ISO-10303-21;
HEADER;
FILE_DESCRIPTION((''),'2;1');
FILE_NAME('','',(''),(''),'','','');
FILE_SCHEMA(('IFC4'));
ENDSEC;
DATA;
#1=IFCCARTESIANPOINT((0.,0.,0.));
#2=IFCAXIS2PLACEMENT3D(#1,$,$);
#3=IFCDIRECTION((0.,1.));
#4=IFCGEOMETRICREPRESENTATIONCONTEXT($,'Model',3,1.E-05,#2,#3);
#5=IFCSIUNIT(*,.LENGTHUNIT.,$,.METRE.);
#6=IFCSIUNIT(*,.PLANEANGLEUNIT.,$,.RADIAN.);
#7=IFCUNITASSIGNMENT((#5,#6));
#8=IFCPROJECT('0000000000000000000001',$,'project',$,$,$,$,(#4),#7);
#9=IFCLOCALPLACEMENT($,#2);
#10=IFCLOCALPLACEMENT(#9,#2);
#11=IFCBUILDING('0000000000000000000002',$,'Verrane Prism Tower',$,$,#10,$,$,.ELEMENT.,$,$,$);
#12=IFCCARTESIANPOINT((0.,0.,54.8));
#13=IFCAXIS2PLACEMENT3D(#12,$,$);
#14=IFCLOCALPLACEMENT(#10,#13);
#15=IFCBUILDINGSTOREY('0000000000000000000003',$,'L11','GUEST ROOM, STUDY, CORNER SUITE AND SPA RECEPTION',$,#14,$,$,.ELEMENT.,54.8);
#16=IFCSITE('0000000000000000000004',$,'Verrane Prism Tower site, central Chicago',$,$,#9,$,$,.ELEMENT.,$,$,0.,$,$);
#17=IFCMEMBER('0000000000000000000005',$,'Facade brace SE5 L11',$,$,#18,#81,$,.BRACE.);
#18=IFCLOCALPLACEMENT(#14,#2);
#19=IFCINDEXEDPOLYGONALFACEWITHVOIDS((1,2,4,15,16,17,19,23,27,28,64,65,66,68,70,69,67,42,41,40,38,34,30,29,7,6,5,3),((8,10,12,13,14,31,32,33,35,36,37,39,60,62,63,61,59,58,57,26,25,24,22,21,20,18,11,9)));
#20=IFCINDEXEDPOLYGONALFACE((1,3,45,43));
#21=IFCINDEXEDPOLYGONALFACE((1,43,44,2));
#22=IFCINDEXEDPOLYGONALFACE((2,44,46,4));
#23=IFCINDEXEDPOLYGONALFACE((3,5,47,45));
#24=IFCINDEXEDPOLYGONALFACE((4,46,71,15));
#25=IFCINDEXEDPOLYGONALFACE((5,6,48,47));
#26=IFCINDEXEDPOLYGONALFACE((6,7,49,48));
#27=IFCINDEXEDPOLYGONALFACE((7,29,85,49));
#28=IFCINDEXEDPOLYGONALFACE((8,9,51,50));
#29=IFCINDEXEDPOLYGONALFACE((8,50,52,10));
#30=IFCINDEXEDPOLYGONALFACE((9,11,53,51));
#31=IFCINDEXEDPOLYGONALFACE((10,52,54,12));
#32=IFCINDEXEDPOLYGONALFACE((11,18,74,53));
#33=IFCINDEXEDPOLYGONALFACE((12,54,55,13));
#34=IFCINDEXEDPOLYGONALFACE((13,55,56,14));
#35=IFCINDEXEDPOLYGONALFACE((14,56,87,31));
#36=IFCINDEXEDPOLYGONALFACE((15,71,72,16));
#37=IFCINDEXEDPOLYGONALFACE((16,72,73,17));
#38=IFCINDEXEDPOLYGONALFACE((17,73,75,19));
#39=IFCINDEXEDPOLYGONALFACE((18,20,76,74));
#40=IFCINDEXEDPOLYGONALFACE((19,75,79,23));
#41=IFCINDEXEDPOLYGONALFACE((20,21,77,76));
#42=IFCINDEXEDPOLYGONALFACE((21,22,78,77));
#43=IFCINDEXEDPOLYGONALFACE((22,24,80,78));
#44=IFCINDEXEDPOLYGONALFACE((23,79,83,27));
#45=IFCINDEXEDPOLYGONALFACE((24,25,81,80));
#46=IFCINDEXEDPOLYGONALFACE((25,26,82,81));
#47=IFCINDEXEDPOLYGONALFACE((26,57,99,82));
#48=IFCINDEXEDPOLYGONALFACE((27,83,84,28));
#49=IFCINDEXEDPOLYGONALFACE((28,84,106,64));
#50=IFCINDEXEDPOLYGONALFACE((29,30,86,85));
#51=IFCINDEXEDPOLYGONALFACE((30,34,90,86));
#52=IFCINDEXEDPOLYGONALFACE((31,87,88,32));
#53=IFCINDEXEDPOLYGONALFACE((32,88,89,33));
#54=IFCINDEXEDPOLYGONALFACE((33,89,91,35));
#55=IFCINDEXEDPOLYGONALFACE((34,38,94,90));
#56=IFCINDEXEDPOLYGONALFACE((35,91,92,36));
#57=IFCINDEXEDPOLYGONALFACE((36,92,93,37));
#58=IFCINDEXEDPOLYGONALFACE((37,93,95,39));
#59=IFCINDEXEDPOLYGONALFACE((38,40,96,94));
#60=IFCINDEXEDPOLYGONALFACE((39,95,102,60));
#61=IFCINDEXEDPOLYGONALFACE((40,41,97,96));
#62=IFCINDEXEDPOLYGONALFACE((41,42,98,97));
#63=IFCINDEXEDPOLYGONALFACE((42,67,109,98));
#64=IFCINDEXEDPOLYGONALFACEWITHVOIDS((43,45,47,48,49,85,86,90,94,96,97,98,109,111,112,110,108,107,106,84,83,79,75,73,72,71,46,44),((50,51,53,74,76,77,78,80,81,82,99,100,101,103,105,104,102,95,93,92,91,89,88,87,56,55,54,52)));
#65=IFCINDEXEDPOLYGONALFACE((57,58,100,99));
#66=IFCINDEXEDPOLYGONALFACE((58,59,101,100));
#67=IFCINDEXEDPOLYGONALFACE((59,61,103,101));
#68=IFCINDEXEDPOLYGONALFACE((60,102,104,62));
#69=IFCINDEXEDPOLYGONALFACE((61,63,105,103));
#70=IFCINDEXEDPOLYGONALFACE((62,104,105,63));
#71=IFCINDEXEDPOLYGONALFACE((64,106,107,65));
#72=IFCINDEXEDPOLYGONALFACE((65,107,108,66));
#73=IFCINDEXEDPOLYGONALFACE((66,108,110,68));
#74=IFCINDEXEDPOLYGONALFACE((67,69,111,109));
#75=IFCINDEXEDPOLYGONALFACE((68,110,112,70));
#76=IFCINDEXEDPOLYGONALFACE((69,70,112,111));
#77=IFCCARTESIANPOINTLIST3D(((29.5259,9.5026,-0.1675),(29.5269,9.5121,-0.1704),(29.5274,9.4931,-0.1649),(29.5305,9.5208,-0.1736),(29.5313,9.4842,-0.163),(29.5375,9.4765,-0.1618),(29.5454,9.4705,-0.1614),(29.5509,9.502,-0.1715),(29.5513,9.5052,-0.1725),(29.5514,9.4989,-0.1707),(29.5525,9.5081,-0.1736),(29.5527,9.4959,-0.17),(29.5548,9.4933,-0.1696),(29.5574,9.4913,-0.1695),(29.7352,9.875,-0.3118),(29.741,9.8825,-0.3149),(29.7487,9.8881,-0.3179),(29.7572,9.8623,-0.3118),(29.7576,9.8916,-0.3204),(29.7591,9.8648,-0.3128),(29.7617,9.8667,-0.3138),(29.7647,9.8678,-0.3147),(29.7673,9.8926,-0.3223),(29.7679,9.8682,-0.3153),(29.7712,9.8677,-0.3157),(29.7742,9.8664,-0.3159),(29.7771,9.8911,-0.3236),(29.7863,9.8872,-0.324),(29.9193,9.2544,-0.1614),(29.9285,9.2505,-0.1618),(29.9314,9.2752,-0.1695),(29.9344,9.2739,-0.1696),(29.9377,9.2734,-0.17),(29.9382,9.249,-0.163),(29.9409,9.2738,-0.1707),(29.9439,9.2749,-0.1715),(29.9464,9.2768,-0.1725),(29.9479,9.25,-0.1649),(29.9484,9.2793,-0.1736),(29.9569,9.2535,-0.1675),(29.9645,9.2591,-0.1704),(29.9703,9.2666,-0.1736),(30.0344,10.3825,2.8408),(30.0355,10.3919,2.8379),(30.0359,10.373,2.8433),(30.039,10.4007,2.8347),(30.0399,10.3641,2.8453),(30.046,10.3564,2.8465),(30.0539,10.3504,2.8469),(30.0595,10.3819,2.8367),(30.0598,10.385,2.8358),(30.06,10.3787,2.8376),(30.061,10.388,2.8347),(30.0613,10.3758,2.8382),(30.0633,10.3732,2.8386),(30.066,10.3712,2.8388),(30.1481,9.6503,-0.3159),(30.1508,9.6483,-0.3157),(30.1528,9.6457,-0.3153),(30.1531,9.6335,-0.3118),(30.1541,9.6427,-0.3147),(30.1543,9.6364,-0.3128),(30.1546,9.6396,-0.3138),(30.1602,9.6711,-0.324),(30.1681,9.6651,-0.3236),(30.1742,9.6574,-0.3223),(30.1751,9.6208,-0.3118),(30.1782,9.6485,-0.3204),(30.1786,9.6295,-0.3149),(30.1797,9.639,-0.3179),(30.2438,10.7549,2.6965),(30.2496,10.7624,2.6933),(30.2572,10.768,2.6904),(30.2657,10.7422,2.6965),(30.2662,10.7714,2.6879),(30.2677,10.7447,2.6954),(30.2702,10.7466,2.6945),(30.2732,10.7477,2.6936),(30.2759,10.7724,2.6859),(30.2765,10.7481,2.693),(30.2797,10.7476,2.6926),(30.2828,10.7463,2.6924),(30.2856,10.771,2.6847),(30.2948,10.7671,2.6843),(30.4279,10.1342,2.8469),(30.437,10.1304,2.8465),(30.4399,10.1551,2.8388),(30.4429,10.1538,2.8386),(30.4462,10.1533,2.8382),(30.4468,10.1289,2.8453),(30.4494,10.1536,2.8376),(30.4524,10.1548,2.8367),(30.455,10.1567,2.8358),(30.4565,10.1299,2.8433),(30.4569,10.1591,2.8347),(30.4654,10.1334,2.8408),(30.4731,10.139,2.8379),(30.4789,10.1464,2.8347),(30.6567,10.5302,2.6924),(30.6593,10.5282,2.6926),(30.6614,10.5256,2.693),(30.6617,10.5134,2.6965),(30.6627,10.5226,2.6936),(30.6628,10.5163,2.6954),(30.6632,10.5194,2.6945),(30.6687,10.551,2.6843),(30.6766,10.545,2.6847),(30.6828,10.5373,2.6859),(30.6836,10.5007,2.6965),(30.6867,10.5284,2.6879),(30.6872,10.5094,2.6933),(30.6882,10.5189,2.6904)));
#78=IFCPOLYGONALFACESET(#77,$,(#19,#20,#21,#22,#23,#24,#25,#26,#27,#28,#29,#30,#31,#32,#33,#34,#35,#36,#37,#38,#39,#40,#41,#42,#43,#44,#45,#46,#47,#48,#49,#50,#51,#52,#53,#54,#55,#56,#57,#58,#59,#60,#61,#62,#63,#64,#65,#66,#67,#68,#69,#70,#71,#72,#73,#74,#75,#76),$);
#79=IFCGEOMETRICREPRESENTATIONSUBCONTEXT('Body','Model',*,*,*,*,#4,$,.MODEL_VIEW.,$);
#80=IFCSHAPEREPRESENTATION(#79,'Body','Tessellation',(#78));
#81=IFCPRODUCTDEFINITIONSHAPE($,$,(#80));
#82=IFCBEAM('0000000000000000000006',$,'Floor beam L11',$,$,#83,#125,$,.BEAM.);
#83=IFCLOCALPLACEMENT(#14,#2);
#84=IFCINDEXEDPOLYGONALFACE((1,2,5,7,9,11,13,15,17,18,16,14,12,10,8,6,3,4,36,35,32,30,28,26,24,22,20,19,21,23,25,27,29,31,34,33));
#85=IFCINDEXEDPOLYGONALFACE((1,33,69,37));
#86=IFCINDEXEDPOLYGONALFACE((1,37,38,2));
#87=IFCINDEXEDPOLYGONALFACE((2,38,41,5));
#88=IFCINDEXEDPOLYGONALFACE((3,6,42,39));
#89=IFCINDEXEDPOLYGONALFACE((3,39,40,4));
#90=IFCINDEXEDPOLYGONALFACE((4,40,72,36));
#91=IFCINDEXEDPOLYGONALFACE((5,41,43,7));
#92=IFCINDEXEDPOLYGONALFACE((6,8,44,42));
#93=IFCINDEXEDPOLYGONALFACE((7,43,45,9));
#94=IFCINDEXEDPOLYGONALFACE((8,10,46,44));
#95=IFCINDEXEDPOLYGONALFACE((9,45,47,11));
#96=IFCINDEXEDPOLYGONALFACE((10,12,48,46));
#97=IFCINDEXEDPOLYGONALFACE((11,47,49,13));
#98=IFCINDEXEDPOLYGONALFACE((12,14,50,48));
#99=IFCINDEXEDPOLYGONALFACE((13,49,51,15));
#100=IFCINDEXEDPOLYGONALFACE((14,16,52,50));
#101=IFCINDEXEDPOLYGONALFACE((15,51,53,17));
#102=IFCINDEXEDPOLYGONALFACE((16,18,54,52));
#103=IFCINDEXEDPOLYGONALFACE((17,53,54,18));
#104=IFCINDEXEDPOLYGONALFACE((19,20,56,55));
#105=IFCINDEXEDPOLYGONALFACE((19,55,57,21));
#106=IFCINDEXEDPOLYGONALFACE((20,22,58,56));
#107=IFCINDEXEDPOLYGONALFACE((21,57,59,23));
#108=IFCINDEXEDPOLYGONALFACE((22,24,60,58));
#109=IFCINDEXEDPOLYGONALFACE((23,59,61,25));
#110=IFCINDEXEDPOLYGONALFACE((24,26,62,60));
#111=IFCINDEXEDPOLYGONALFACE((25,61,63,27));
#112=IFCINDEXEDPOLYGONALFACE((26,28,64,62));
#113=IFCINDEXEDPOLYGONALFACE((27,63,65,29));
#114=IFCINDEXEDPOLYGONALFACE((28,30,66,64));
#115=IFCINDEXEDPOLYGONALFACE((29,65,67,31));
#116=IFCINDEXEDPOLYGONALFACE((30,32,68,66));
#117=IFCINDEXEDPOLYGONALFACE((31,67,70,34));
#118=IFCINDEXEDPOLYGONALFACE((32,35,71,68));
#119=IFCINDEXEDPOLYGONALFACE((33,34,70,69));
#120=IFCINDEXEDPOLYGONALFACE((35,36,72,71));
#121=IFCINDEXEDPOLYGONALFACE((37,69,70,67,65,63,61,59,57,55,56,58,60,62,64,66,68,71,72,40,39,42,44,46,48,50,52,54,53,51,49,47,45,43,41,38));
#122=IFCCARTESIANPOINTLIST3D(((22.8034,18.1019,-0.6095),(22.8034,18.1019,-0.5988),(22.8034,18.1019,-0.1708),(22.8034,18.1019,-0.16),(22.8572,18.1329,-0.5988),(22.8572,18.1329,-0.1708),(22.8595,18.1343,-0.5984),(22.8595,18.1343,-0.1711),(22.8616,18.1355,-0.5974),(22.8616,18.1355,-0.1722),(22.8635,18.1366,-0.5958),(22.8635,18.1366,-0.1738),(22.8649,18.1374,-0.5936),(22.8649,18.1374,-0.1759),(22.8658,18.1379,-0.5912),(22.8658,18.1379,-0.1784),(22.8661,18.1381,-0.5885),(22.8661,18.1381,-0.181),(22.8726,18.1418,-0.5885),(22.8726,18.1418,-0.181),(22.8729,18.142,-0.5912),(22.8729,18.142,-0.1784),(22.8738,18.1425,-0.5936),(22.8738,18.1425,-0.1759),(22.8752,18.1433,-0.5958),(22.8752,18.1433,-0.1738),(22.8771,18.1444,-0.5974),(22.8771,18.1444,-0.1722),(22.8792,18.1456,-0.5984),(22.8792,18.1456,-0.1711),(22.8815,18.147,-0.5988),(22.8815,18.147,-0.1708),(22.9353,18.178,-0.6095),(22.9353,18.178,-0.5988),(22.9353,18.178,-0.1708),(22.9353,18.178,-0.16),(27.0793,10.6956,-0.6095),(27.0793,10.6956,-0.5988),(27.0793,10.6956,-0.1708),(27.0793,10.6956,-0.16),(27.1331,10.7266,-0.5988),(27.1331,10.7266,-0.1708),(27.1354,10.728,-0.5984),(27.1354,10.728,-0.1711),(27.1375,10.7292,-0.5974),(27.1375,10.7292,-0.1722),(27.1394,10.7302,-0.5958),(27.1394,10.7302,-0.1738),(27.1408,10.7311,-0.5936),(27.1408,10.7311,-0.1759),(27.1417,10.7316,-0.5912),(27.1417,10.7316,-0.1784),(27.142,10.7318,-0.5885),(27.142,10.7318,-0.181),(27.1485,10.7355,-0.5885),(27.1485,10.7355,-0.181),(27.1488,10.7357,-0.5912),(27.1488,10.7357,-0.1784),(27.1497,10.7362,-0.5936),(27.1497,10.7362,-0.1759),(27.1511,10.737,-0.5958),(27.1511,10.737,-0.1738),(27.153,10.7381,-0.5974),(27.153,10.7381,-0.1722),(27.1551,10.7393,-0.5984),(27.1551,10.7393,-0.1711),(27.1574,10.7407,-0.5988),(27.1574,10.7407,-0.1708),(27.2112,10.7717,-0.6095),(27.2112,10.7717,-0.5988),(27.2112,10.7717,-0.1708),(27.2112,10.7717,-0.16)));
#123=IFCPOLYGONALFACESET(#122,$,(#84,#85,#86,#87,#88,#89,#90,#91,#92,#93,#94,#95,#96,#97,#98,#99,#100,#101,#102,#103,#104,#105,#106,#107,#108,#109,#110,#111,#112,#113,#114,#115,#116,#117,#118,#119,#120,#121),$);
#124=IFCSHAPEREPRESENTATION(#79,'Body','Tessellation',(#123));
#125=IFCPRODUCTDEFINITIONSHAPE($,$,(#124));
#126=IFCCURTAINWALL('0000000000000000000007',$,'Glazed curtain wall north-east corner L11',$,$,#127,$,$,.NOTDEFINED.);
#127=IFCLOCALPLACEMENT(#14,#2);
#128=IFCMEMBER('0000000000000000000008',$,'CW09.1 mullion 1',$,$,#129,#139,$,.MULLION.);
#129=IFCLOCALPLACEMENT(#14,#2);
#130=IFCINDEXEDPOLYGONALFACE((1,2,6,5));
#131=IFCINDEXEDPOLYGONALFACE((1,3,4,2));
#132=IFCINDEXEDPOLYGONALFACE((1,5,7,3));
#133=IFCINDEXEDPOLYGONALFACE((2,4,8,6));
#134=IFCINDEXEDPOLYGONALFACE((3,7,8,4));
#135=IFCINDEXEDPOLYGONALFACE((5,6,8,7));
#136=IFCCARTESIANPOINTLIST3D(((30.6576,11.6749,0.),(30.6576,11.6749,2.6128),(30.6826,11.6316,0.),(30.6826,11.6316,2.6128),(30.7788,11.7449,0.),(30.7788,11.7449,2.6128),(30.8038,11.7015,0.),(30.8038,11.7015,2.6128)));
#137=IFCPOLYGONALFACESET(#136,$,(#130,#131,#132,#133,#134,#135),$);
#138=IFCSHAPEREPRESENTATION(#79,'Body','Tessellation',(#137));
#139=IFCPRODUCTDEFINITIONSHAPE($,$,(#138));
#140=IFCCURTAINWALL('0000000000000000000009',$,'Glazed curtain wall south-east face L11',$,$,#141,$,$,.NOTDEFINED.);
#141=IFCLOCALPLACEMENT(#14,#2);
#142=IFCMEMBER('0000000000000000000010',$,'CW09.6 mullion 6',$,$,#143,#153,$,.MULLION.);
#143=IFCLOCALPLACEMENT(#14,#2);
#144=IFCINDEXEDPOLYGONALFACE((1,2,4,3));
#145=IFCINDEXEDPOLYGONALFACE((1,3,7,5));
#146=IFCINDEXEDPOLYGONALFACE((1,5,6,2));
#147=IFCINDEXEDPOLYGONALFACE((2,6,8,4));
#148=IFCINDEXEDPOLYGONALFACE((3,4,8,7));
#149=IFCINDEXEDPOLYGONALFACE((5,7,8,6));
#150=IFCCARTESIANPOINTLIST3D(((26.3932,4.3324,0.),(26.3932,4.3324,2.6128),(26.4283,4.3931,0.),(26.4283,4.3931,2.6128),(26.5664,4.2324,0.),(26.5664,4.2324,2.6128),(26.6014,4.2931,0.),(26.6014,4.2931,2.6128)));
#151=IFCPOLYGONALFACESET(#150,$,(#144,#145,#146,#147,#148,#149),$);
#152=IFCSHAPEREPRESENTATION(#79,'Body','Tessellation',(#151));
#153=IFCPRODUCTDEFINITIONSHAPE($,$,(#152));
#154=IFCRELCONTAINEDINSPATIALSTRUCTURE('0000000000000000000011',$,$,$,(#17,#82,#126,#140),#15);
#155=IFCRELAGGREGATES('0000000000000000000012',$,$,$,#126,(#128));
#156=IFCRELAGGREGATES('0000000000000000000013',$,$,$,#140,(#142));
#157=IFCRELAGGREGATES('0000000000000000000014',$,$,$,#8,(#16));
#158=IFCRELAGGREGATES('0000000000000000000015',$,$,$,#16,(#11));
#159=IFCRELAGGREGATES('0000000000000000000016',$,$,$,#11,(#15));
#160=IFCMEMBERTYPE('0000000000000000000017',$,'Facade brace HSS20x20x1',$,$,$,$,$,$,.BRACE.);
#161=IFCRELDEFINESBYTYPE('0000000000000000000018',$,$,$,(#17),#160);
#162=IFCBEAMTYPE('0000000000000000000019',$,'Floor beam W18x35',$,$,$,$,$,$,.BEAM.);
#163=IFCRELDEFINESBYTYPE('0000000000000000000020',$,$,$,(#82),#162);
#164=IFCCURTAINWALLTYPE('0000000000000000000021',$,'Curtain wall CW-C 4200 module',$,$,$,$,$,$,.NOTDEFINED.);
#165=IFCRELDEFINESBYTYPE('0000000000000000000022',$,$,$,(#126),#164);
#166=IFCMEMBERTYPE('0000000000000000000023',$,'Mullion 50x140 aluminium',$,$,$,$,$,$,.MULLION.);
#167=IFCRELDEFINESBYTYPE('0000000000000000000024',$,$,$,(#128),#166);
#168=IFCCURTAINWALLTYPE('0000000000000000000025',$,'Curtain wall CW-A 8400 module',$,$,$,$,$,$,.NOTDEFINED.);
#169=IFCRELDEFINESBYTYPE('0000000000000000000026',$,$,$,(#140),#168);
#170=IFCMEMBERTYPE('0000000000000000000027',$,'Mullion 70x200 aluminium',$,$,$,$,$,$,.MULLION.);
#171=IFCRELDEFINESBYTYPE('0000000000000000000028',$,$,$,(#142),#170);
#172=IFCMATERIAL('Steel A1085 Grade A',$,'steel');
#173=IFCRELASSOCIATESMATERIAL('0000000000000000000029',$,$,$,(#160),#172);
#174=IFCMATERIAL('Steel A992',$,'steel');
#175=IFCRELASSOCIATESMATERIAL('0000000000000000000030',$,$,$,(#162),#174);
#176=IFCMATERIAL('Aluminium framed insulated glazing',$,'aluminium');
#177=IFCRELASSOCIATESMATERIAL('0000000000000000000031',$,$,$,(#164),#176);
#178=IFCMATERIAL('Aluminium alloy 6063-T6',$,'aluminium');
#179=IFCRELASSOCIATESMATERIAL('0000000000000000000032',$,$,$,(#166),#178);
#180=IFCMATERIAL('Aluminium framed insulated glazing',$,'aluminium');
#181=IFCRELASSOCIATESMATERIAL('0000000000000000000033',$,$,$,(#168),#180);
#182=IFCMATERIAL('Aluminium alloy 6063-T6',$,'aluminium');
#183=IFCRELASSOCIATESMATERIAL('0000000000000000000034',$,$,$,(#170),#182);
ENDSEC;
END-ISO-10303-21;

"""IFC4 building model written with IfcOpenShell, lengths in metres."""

from ifc_helpers import new_model, si_unit, direction, frame, origin, origin_2d, place, context, subcontext, project, spatial, rectangle, hollow_rectangle, i_section, extrude, material, material_profile, profile_set, type_object, element, aggregate, save


model = new_model("IFC4")

# Units and contexts
model_context = context("Model", 3, precision=1e-05, world=origin(), true_north=direction((0.0, 1.0)))
body_context = subcontext(model_context, "Body", "Model", "MODEL_VIEW")
ifc_project = project(units=[si_unit("LENGTHUNIT", "METRE"), si_unit("PLANEANGLEUNIT", "RADIAN")], contexts=[model_context])

# Site, building, storey
site_placement = place(None, origin())
site = spatial("IfcSite", under=ifc_project, at=site_placement, Name="Verrane Prism Tower site, central Chicago", CompositionType="ELEMENT", RefElevation=0.0)
building_placement = place(site_placement, origin())
building = spatial("IfcBuilding", under=site, at=building_placement, Name="Verrane Prism Tower", CompositionType="ELEMENT")
storey_placement = place(building_placement, frame((0.0, 0.0, 54.8)))
storey = spatial("IfcBuildingStorey", under=building, at=storey_placement, Name="L11", Description="GUEST ROOM, STUDY, CORNER SUITE AND SPA RECEPTION", CompositionType="ELEMENT", Elevation=54.8)

# Member
ifc_material_1 = material(Name="Steel A1085 Grade A", Category="steel")
ifc_material_profile_1 = material_profile(ifc_material_1, hollow_rectangle(XDim=0.5081, YDim=0.5081, WallThickness=0.0254, InnerFilletRadius=0.0127, OuterFilletRadius=0.0381, at=origin_2d()), Name="HSS20x20x1")
ifc_profile_set_1 = profile_set([ifc_material_profile_1], Name="Steel A1085 Grade A")
member_type_1 = type_object("IfcMemberType", Name="Facade brace HSS20x20x1", PredefinedType="BRACE", material=ifc_profile_set_1)
member_1_placement = place(storey_placement, frame((29.8528, 9.5708, -0.2427), z_axis=(0.160155, 0.2771, 0.947399), x_axis=(-0.865793, 0.500402, 0.0)))
element("IfcMember", 1, at=member_1_placement, inside=storey, type_object=member_type_1, Name="Facade brace SE5 L11", PredefinedType="BRACE", context=body_context, shape_type="SweptSolid", body=[
    extrude(hollow_rectangle(XDim=0.5081, YDim=0.5081, WallThickness=0.0254, InnerFilletRadius=0.0127, OuterFilletRadius=0.0381, at=origin_2d()), origin(), (0.0, 0.0, 1.0), 3.1753),
])

# Beam
ifc_material_2 = material(Name="Steel A992", Category="steel")
ifc_material_profile_2 = material_profile(ifc_material_2, i_section(OverallWidth=0.1523, OverallDepth=0.4495, WebThickness=0.0076, FlangeThickness=0.0107, FilletRadius=0.0103, at=origin_2d()), Name="W18x35")
ifc_profile_set_2 = profile_set([ifc_material_profile_2], Name="Steel A992")
beam_type_1 = type_object("IfcBeamType", Name="Floor beam W18x35", PredefinedType="BEAM", material=ifc_profile_set_2)
beam_1_placement = place(storey_placement, frame((27.1453, 10.7336, -0.3848), z_axis=(-0.499989, 0.866032, 0.0), x_axis=(-0.866032, -0.499989, 0.0)))
element("IfcBeam", 2, at=beam_1_placement, inside=storey, type_object=beam_type_1, Name="Floor beam L11", PredefinedType="BEAM", context=body_context, shape_type="SweptSolid", body=[
    extrude(i_section(OverallWidth=0.1523, OverallDepth=0.4495, WebThickness=0.0076, FlangeThickness=0.0107, FilletRadius=0.0103, at=origin_2d()), origin(), (0.0, 0.0, 1.0), 8.552),
])

# Curtain walls, members
ifc_material_3 = material(Name="Aluminium framed insulated glazing", Category="aluminium")
curtain_wall_type_1 = type_object("IfcCurtainWallType", Name="Curtain wall CW-C 4200 module", PredefinedType="NOTDEFINED", material=ifc_material_3)
curtain_wall_1_placement = place(storey_placement, origin())
curtain_wall_1 = element("IfcCurtainWall", 3, at=curtain_wall_1_placement, inside=storey, type_object=curtain_wall_type_1, Name="Glazed curtain wall north-east corner L11", PredefinedType="NOTDEFINED")
ifc_material_4 = material(Name="Aluminium alloy 6063-T6", Category="aluminium")
ifc_material_profile_3 = material_profile(ifc_material_4, rectangle(XDim=0.1399, YDim=0.05, at=origin_2d()), Name="Mullion 50x140 aluminium")
ifc_profile_set_3 = profile_set([ifc_material_profile_3], Name="Aluminium alloy 6063-T6")
member_type_2 = type_object("IfcMemberType", Name="Mullion 50x140 aluminium", PredefinedType="MULLION", material=ifc_profile_set_3)
member_2_placement = place(storey_placement, frame((30.7307, 11.6882, 0.0), z_axis=(0.0, 0.0, 1.0), x_axis=(-0.866026, -0.499999, 0.0)))
member_2 = element("IfcMember", 4, at=member_2_placement, type_object=member_type_2, Name="CW09.1 mullion 1", PredefinedType="MULLION", context=body_context, shape_type="SweptSolid", body=[
    extrude(rectangle(XDim=0.1399, YDim=0.05, at=origin_2d()), origin(), (0.0, 0.0, 1.0), 2.6128),
])
ifc_material_5 = material(Name="Aluminium framed insulated glazing", Category="aluminium")
curtain_wall_type_2 = type_object("IfcCurtainWallType", Name="Curtain wall CW-A 8400 module", PredefinedType="NOTDEFINED", material=ifc_material_5)
curtain_wall_2_placement = place(storey_placement, origin())
curtain_wall_2 = element("IfcCurtainWall", 5, at=curtain_wall_2_placement, inside=storey, type_object=curtain_wall_type_2, Name="Glazed curtain wall south-east face L11", PredefinedType="NOTDEFINED")
ifc_material_6 = material(Name="Aluminium alloy 6063-T6", Category="aluminium")
ifc_material_profile_4 = material_profile(ifc_material_6, rectangle(XDim=0.2, YDim=0.0701, at=origin_2d()), Name="Mullion 70x200 aluminium")
ifc_profile_set_4 = profile_set([ifc_material_profile_4], Name="Aluminium alloy 6063-T6")
member_type_3 = type_object("IfcMemberType", Name="Mullion 70x200 aluminium", PredefinedType="MULLION", material=ifc_profile_set_4)
member_3_placement = place(storey_placement, frame((26.4973, 4.3127, 0.0), z_axis=(0.0, 0.0, 1.0), x_axis=(-0.866026, 0.499999, 0.0)))
member_3 = element("IfcMember", 6, at=member_3_placement, type_object=member_type_3, Name="CW09.6 mullion 6", PredefinedType="MULLION", context=body_context, shape_type="SweptSolid", body=[
    extrude(rectangle(XDim=0.2, YDim=0.0701, at=origin_2d()), origin(), (0.0, 0.0, 1.0), 2.6128),
])

aggregate(curtain_wall_1, [member_2])

aggregate(curtain_wall_2, [member_3])

save(model, "model.ifc")
